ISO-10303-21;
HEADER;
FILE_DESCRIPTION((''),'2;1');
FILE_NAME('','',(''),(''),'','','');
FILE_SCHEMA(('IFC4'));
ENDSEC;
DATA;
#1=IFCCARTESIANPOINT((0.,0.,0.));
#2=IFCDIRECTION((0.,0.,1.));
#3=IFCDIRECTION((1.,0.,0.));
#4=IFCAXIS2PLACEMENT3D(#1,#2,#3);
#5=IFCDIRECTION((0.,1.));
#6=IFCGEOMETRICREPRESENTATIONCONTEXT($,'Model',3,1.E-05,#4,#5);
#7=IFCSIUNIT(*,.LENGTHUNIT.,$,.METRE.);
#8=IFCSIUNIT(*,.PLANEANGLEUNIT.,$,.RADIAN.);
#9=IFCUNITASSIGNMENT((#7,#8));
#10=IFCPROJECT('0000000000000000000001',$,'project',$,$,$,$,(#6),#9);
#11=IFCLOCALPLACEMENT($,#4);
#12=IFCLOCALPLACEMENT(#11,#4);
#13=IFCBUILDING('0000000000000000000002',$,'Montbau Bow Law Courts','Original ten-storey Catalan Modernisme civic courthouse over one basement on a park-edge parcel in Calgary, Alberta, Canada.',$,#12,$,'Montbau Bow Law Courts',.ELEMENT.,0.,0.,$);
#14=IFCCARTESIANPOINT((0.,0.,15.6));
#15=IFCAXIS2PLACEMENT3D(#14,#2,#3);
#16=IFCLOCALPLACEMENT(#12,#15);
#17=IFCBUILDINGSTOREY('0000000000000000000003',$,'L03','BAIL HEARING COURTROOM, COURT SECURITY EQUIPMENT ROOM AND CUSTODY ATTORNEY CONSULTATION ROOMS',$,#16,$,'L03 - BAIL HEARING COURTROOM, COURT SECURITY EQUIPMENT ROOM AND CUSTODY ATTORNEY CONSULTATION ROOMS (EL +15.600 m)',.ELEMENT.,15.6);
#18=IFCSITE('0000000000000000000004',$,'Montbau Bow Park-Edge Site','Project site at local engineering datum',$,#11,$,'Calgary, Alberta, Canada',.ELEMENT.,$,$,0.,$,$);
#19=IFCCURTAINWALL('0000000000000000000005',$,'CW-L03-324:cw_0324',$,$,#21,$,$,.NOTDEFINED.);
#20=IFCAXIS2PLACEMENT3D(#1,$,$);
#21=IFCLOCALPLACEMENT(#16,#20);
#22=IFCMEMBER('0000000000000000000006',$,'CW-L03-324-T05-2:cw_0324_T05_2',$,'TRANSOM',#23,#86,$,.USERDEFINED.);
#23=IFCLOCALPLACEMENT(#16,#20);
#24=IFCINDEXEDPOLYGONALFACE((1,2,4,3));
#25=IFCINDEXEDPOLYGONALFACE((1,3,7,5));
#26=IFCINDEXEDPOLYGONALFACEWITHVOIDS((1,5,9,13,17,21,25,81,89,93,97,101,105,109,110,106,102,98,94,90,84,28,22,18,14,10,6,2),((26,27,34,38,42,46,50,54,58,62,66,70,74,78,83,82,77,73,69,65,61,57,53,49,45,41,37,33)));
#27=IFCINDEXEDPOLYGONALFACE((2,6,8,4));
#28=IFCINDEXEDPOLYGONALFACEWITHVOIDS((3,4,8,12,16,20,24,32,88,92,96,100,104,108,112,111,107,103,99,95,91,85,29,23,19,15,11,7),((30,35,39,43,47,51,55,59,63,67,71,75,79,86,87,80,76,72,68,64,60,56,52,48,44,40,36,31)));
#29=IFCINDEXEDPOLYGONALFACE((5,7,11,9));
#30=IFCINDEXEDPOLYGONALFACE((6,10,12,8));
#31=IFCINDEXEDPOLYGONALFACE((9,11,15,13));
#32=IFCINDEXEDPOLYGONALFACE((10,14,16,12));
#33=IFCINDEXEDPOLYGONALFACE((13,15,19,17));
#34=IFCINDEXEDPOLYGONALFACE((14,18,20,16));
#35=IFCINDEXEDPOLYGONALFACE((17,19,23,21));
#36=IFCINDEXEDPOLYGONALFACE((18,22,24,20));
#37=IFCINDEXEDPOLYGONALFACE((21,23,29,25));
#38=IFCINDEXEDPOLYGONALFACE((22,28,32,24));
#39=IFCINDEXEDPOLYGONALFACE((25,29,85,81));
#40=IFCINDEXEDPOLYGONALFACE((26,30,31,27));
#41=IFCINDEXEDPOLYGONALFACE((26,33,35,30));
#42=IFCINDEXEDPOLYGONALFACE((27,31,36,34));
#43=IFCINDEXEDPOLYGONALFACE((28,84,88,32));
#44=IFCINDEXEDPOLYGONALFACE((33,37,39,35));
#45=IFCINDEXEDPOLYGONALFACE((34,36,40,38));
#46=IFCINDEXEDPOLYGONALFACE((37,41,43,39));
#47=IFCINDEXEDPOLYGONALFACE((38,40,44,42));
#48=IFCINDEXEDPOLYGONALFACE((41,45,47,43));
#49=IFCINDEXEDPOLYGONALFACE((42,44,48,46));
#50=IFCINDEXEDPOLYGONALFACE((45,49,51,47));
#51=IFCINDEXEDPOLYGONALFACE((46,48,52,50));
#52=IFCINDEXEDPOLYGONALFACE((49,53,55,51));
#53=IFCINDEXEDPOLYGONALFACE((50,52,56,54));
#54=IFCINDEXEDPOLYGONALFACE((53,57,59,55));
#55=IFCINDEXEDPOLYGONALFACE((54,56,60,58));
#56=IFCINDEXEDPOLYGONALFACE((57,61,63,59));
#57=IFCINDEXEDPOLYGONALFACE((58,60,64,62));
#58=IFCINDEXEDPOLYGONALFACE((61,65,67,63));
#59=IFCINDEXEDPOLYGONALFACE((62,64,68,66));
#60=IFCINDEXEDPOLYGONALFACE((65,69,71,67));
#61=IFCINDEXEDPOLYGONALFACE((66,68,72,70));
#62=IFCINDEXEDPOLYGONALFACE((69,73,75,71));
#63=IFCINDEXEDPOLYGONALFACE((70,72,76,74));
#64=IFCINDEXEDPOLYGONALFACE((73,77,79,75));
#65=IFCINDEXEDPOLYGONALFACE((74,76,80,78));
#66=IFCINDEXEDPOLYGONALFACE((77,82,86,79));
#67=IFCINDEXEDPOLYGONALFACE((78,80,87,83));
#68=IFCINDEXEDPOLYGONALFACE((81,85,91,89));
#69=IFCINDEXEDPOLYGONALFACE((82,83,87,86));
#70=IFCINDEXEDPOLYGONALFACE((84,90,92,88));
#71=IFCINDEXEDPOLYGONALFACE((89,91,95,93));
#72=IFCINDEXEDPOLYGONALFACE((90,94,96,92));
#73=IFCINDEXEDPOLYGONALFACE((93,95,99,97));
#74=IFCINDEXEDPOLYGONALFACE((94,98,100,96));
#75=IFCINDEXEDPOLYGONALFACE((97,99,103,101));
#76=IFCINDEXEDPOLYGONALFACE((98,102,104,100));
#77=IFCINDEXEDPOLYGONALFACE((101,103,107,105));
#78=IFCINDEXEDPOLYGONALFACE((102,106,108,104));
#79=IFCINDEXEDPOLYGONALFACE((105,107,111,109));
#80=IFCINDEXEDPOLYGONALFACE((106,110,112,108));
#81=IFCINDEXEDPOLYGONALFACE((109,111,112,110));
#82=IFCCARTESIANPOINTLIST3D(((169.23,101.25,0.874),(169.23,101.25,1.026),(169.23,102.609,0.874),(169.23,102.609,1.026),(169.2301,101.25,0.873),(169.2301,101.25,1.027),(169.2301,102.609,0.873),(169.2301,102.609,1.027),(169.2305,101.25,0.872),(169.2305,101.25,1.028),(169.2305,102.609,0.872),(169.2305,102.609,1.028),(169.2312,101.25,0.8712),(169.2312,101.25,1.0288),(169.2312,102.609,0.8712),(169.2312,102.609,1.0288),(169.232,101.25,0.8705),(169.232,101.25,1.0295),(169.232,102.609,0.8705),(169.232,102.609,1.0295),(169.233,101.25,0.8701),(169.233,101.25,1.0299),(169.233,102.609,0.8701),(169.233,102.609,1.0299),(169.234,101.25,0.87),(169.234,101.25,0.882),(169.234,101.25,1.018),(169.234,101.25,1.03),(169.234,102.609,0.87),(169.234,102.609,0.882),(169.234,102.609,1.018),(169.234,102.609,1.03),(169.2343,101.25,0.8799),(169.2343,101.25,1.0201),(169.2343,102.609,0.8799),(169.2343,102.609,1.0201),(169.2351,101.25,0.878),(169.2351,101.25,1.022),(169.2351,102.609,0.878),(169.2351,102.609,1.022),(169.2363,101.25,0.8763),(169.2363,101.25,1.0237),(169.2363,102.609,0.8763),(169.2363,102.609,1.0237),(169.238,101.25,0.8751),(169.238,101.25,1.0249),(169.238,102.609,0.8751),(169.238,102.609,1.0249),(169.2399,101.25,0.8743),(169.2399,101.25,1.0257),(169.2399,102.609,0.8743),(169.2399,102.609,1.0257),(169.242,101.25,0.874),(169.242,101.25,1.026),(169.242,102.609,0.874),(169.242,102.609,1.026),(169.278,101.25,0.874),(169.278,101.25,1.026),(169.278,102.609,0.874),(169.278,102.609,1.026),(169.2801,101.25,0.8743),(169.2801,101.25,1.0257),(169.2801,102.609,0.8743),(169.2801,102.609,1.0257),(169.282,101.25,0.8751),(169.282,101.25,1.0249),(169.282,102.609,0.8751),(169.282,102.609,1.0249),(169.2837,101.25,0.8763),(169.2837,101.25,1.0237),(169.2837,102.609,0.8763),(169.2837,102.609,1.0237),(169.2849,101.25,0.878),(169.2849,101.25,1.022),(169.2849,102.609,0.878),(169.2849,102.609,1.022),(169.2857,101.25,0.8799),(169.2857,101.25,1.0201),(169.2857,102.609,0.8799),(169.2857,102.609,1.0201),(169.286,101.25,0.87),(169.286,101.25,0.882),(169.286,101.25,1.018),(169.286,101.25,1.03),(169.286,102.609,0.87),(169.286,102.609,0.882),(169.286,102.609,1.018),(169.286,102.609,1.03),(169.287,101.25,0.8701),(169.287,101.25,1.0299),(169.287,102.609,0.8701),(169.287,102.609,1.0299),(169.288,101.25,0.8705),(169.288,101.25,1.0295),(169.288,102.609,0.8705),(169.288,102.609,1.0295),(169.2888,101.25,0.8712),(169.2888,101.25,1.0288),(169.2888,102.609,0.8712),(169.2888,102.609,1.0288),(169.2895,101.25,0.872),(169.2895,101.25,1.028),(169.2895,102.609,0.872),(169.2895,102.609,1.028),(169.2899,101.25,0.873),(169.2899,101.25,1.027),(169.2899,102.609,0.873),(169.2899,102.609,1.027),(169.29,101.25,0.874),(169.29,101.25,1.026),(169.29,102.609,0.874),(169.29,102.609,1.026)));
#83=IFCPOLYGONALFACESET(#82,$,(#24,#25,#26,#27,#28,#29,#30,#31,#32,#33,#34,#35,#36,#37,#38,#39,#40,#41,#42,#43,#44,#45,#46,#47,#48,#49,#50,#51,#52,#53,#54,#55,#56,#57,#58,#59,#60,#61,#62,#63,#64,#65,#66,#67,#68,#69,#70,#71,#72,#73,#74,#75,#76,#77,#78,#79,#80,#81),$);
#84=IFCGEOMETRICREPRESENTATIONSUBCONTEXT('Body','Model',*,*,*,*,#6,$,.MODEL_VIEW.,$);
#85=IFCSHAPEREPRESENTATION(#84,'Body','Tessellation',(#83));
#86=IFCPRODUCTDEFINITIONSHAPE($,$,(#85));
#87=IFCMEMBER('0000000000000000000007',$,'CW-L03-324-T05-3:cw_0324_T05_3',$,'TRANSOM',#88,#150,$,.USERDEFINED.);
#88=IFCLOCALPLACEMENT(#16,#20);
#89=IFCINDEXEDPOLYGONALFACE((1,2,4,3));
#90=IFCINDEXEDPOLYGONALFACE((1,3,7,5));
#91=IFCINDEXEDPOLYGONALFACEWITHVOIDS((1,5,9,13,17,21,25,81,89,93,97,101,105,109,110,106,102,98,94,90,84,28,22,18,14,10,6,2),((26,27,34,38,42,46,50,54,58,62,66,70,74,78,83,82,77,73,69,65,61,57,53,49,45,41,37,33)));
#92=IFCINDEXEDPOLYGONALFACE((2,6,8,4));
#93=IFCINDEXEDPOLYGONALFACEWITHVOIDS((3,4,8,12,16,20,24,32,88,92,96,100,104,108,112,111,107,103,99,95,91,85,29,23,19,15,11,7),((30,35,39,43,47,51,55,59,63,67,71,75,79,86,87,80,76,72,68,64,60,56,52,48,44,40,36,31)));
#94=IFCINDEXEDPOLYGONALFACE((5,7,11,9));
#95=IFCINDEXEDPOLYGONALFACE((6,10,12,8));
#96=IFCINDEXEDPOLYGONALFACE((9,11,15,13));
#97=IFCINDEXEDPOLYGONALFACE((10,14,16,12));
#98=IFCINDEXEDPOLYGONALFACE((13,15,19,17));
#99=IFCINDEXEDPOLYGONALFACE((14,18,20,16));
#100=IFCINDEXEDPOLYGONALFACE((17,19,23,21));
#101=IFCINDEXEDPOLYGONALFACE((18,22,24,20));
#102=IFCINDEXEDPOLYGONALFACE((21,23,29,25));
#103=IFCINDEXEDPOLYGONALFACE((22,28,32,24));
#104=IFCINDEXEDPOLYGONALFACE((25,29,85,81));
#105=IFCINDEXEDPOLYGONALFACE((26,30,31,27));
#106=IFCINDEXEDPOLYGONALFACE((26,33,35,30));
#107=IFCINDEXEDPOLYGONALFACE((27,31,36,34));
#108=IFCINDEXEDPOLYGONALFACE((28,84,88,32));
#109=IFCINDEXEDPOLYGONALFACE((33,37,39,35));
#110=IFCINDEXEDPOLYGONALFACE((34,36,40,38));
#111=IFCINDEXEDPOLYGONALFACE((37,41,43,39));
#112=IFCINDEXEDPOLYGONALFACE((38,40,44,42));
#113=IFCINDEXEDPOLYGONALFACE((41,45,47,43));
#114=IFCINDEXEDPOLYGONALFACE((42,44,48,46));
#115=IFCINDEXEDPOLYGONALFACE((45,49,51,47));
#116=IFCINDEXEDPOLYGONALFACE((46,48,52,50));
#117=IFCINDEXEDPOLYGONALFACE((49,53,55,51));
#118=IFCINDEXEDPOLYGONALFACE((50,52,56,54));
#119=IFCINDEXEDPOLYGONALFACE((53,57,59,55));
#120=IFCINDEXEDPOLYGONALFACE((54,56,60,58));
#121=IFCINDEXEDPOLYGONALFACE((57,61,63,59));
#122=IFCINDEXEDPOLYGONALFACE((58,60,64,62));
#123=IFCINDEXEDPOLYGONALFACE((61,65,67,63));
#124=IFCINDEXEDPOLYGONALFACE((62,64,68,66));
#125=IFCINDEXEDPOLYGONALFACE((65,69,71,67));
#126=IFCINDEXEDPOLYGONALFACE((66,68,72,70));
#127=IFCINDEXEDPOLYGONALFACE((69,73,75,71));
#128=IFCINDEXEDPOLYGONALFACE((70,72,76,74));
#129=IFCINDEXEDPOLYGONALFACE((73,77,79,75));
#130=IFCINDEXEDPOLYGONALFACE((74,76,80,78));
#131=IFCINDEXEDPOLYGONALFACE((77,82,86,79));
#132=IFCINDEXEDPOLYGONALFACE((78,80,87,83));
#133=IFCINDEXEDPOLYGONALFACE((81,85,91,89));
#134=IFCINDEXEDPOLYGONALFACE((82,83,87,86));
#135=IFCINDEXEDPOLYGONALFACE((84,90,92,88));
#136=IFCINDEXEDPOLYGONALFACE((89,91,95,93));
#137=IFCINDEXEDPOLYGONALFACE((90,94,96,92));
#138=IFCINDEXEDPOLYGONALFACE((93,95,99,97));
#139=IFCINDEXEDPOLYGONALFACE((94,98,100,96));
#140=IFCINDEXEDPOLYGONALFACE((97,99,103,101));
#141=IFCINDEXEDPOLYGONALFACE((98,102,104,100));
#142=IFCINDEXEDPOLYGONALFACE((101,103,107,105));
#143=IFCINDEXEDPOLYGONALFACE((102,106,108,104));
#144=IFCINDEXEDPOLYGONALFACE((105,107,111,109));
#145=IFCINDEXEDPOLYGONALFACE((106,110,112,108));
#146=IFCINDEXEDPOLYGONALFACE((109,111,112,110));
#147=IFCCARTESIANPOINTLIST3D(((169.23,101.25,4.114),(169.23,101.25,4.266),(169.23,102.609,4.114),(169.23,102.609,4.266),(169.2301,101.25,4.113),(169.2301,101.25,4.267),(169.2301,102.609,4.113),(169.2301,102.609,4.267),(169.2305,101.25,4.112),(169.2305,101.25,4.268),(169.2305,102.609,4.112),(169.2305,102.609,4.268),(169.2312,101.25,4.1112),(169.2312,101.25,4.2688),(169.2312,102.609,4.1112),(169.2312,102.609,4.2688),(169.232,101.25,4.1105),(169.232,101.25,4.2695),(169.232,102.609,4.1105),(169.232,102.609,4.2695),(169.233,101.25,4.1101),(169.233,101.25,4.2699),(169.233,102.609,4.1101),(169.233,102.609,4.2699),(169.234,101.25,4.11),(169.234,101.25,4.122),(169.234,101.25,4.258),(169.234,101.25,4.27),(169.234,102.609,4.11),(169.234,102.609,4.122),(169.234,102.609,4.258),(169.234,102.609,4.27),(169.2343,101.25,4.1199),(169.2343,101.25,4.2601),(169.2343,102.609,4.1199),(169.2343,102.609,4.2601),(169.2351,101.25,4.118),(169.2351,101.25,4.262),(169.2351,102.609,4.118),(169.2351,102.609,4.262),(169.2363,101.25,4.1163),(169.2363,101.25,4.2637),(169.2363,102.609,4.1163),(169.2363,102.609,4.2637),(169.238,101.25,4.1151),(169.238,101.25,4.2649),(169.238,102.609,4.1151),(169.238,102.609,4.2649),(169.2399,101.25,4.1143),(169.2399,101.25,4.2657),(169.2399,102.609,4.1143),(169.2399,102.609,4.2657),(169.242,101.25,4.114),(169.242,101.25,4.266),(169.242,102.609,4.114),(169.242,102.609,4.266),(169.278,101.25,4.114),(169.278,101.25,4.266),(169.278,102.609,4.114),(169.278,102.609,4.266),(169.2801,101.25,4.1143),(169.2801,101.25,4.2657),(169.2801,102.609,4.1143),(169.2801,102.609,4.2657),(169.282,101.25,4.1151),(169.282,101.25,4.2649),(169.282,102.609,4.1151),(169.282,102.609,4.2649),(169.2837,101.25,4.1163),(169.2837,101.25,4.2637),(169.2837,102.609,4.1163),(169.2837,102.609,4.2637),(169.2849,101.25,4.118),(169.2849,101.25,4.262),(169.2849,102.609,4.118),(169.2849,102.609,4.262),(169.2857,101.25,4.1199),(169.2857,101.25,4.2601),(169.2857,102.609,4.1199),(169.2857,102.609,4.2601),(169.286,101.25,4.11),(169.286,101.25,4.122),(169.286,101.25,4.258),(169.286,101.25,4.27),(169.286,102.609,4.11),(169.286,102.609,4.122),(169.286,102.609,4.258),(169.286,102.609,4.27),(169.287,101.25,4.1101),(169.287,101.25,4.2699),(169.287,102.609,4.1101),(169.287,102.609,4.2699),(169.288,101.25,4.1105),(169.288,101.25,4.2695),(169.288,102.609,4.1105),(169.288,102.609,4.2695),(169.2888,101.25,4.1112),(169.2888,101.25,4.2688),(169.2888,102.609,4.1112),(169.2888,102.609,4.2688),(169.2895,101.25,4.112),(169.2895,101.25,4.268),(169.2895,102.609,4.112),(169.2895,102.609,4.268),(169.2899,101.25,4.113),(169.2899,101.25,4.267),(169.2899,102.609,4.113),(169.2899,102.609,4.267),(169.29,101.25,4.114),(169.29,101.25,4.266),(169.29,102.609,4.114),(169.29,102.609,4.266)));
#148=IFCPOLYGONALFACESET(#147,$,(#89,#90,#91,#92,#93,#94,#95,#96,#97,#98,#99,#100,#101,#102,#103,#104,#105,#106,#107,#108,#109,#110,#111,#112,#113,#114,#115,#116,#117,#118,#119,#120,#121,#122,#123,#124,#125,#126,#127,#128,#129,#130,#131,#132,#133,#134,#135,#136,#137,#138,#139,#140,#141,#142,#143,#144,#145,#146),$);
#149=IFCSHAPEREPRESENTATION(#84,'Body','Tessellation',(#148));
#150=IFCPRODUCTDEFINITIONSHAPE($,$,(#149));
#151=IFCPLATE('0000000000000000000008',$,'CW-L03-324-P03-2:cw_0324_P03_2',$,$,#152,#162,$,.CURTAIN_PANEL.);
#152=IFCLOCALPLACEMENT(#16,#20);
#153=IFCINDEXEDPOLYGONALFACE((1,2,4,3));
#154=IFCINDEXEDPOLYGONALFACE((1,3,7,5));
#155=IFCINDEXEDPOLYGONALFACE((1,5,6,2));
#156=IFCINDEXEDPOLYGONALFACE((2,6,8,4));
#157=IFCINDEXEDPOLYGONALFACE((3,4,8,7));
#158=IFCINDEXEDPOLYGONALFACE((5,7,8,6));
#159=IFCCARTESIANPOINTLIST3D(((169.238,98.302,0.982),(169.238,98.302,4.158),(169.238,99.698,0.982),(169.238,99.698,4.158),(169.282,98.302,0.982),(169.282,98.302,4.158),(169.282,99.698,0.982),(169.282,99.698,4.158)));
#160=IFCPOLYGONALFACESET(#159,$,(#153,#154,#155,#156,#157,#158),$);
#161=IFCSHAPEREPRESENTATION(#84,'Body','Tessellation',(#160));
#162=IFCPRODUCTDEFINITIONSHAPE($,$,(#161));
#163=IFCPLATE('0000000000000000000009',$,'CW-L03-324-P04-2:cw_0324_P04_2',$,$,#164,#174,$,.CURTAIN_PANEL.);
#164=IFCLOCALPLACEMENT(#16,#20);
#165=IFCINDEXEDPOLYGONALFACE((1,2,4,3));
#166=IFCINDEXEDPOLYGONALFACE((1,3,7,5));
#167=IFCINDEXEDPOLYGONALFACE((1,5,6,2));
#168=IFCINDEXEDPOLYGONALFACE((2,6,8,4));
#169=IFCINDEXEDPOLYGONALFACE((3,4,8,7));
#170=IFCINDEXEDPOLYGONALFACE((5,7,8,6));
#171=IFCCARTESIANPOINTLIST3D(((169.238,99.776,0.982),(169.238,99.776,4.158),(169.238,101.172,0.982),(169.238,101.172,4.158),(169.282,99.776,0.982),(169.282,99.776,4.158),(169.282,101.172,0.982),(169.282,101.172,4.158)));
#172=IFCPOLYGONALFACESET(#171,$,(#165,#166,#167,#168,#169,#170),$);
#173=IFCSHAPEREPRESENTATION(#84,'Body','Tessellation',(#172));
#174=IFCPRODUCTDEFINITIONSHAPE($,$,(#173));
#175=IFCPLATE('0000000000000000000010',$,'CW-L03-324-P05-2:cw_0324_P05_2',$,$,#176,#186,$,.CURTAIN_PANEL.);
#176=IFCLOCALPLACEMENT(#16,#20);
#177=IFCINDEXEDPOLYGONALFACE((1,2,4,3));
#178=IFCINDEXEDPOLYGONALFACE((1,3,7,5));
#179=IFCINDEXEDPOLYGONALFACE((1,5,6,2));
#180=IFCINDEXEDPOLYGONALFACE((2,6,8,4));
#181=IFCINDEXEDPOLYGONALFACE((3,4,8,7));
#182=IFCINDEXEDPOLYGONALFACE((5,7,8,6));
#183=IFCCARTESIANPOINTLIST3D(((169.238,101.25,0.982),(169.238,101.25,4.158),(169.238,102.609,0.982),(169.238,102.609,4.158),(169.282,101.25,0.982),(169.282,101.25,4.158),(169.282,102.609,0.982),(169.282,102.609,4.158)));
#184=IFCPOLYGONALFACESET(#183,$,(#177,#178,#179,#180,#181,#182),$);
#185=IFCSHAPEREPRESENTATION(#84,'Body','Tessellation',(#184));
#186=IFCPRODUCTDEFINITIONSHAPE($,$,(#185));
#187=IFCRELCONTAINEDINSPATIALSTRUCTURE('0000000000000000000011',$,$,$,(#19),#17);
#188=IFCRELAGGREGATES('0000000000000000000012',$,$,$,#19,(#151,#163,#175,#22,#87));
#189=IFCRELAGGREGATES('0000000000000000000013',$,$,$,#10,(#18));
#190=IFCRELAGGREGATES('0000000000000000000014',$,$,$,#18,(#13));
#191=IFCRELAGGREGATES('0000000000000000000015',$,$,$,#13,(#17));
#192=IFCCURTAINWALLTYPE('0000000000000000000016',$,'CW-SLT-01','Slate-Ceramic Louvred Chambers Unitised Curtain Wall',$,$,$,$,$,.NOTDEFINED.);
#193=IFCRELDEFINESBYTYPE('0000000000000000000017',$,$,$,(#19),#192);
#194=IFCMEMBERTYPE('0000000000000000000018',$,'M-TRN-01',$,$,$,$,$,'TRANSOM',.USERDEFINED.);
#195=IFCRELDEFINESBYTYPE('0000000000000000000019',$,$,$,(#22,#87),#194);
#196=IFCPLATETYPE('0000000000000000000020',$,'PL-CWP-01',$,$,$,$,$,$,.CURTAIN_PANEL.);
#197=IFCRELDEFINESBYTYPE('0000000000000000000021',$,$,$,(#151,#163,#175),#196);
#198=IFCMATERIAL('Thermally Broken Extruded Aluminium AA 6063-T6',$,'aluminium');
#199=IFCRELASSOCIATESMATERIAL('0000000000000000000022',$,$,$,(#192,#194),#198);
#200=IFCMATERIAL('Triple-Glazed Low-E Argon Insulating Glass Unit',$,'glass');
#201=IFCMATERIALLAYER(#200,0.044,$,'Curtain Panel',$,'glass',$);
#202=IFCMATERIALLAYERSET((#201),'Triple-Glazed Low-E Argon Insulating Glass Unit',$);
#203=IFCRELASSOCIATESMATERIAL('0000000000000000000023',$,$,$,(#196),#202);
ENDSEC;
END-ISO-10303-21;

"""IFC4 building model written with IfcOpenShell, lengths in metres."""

from ifc_helpers import new_model, si_unit, direction, frame, frame_2d, origin_with_axes, origin_2d_with_axis, place, context, subcontext, project, spatial, rectangle, hollow_rectangle, extrude, material, layer, layer_set, material_profile, profile_set, type_object, element, aggregate, save


model = new_model("IFC4")

# Units and contexts
model_context = context("Model", 3, precision=1e-05, world=origin_with_axes(), true_north=direction((0.0, 1.0)))
body_context = subcontext(model_context, "Body", "Model", "MODEL_VIEW")
ifc_project = project(units=[si_unit("LENGTHUNIT", "METRE"), si_unit("PLANEANGLEUNIT", "RADIAN")], contexts=[model_context])

# Site, building, storey
site_placement = place(None, origin_with_axes())
site = spatial("IfcSite", under=ifc_project, at=site_placement, Name="Montbau Bow Park-Edge Site", Description="Project site at local engineering datum", LongName="Calgary, Alberta, Canada", CompositionType="ELEMENT", RefElevation=0.0)
building_placement = place(site_placement, origin_with_axes())
building = spatial("IfcBuilding", under=site, at=building_placement, Name="Montbau Bow Law Courts", Description="Original ten-storey Catalan Modernisme civic courthouse over one basement on a park-edge parcel in Calgary, Alberta, Canada.", LongName="Montbau Bow Law Courts", CompositionType="ELEMENT", ElevationOfRefHeight=0.0, ElevationOfTerrain=0.0)
storey_placement = place(building_placement, frame((0.0, 0.0, 15.6), z_axis=(0.0, 0.0, 1.0), x_axis=(1.0, 0.0, 0.0)))
storey = spatial("IfcBuildingStorey", under=building, at=storey_placement, Name="L03", Description="BAIL HEARING COURTROOM, COURT SECURITY EQUIPMENT ROOM AND CUSTODY ATTORNEY CONSULTATION ROOMS", LongName="L03 - BAIL HEARING COURTROOM, COURT SECURITY EQUIPMENT ROOM AND CUSTODY ATTORNEY CONSULTATION ROOMS (EL +15.600 m)", CompositionType="ELEMENT", Elevation=15.6)

# Curtain wall, members, plates
ifc_material_1 = material(Name="Thermally Broken Extruded Aluminium AA 6063-T6", Category="aluminium")
curtain_wall_type = type_object("IfcCurtainWallType", Name="CW-SLT-01", Description="Slate-Ceramic Louvred Chambers Unitised Curtain Wall", PredefinedType="NOTDEFINED", material=ifc_material_1)
curtain_wall_placement = place(None, frame((169.26, 95.315, 15.6), z_axis=(0.0, 0.0, 1.0), x_axis=(1.0, 0.0, 0.0)))
curtain_wall = element("IfcCurtainWall", 1, at=curtain_wall_placement, inside=storey, type_object=curtain_wall_type, Name="CW-L03-324:cw_0324", PredefinedType="NOTDEFINED")
ifc_material_profile_1 = material_profile(ifc_material_1, hollow_rectangle(XDim=0.06, YDim=0.16, WallThickness=0.004, InnerFilletRadius=0.008, OuterFilletRadius=0.004, at=origin_2d_with_axis()), Name="CWT-160X60", Category="Main", Priority=0)
ifc_profile_set_1 = profile_set([ifc_material_profile_1], Name="Thermally Broken Extruded Aluminium AA 6063-T6")
member_type_1 = type_object("IfcMemberType", Name="M-TRN-01", ElementType="TRANSOM", PredefinedType="USERDEFINED", material=ifc_profile_set_1)
member_1_placement = place(None, frame((169.26, 101.25, 16.55), z_axis=(0.0, 1.0, 0.0), x_axis=(-1.0, 0.0, 0.0)))
member_1 = element("IfcMember", 2, at=member_1_placement, type_object=member_type_1, Name="CW-L03-324-T05-2:cw_0324_T05_2", ObjectType="TRANSOM", PredefinedType="USERDEFINED", context=body_context, shape_type="SweptSolid", body=[
    extrude(hollow_rectangle(XDim=0.06, YDim=0.16, WallThickness=0.004, InnerFilletRadius=0.008, OuterFilletRadius=0.004, at=origin_2d_with_axis()), origin_with_axes(), (0.0, 0.0, 1.0), 1.359),
])
member_2_placement = place(None, frame((169.26, 101.25, 19.79), z_axis=(0.0, 1.0, 0.0), x_axis=(-1.0, 0.0, 0.0)))
member_2 = element("IfcMember", 3, at=member_2_placement, type_object=member_type_1, Name="CW-L03-324-T05-3:cw_0324_T05_3", ObjectType="TRANSOM", PredefinedType="USERDEFINED", context=body_context, shape_type="SweptSolid", body=[
    extrude(hollow_rectangle(XDim=0.06, YDim=0.16, WallThickness=0.004, InnerFilletRadius=0.008, OuterFilletRadius=0.004, at=origin_2d_with_axis()), origin_with_axes(), (0.0, 0.0, 1.0), 1.359),
])
ifc_material_2 = material(Name="Triple-Glazed Low-E Argon Insulating Glass Unit", Category="glass")
ifc_layer_1 = layer(ifc_material_2, 0.044, Name="Curtain Panel", Category="glass")
ifc_layer_set_1 = layer_set([ifc_layer_1], Name="Triple-Glazed Low-E Argon Insulating Glass Unit")
plate_type_1 = type_object("IfcPlateType", Name="PL-CWP-01", PredefinedType="CURTAIN_PANEL", material=ifc_layer_set_1)
plate_1_placement = place(None, frame((169.26, 98.302, 16.582), z_axis=(1.0, 0.0, 0.0), x_axis=(0.0, 1.0, 0.0)))
plate_1 = element("IfcPlate", 4, at=plate_1_placement, type_object=plate_type_1, Name="CW-L03-324-P03-2:cw_0324_P03_2", PredefinedType="CURTAIN_PANEL", context=body_context, shape_type="SweptSolid", body=[
    extrude(rectangle(XDim=1.396, YDim=3.176, at=frame_2d((0.698, 1.588), x_axis=(1.0, 0.0))), frame((0.0, 0.0, -0.022), z_axis=(0.0, 0.0, 1.0), x_axis=(1.0, 0.0, 0.0)), (0.0, 0.0, 1.0), 0.044),
])
plate_2_placement = place(None, frame((169.26, 99.776, 16.582), z_axis=(1.0, 0.0, 0.0), x_axis=(0.0, 1.0, 0.0)))
plate_2 = element("IfcPlate", 5, at=plate_2_placement, type_object=plate_type_1, Name="CW-L03-324-P04-2:cw_0324_P04_2", PredefinedType="CURTAIN_PANEL", context=body_context, shape_type="SweptSolid", body=[
    extrude(rectangle(XDim=1.396, YDim=3.176, at=frame_2d((0.698, 1.588), x_axis=(1.0, 0.0))), frame((0.0, 0.0, -0.022), z_axis=(0.0, 0.0, 1.0), x_axis=(1.0, 0.0, 0.0)), (0.0, 0.0, 1.0), 0.044),
])
plate_3_placement = place(None, frame((169.26, 101.25, 16.582), z_axis=(1.0, 0.0, 0.0), x_axis=(0.0, 1.0, 0.0)))
plate_3 = element("IfcPlate", 6, at=plate_3_placement, type_object=plate_type_1, Name="CW-L03-324-P05-2:cw_0324_P05_2", PredefinedType="CURTAIN_PANEL", context=body_context, shape_type="SweptSolid", body=[
    extrude(rectangle(XDim=1.359, YDim=3.176, at=frame_2d((0.6795, 1.588), x_axis=(1.0, 0.0))), frame((0.0, 0.0, -0.022), z_axis=(0.0, 0.0, 1.0), x_axis=(1.0, 0.0, 0.0)), (0.0, 0.0, 1.0), 0.044),
])
aggregate(curtain_wall, [plate_1, plate_2, plate_3, member_1, member_2])

save(model, "model.ifc")
